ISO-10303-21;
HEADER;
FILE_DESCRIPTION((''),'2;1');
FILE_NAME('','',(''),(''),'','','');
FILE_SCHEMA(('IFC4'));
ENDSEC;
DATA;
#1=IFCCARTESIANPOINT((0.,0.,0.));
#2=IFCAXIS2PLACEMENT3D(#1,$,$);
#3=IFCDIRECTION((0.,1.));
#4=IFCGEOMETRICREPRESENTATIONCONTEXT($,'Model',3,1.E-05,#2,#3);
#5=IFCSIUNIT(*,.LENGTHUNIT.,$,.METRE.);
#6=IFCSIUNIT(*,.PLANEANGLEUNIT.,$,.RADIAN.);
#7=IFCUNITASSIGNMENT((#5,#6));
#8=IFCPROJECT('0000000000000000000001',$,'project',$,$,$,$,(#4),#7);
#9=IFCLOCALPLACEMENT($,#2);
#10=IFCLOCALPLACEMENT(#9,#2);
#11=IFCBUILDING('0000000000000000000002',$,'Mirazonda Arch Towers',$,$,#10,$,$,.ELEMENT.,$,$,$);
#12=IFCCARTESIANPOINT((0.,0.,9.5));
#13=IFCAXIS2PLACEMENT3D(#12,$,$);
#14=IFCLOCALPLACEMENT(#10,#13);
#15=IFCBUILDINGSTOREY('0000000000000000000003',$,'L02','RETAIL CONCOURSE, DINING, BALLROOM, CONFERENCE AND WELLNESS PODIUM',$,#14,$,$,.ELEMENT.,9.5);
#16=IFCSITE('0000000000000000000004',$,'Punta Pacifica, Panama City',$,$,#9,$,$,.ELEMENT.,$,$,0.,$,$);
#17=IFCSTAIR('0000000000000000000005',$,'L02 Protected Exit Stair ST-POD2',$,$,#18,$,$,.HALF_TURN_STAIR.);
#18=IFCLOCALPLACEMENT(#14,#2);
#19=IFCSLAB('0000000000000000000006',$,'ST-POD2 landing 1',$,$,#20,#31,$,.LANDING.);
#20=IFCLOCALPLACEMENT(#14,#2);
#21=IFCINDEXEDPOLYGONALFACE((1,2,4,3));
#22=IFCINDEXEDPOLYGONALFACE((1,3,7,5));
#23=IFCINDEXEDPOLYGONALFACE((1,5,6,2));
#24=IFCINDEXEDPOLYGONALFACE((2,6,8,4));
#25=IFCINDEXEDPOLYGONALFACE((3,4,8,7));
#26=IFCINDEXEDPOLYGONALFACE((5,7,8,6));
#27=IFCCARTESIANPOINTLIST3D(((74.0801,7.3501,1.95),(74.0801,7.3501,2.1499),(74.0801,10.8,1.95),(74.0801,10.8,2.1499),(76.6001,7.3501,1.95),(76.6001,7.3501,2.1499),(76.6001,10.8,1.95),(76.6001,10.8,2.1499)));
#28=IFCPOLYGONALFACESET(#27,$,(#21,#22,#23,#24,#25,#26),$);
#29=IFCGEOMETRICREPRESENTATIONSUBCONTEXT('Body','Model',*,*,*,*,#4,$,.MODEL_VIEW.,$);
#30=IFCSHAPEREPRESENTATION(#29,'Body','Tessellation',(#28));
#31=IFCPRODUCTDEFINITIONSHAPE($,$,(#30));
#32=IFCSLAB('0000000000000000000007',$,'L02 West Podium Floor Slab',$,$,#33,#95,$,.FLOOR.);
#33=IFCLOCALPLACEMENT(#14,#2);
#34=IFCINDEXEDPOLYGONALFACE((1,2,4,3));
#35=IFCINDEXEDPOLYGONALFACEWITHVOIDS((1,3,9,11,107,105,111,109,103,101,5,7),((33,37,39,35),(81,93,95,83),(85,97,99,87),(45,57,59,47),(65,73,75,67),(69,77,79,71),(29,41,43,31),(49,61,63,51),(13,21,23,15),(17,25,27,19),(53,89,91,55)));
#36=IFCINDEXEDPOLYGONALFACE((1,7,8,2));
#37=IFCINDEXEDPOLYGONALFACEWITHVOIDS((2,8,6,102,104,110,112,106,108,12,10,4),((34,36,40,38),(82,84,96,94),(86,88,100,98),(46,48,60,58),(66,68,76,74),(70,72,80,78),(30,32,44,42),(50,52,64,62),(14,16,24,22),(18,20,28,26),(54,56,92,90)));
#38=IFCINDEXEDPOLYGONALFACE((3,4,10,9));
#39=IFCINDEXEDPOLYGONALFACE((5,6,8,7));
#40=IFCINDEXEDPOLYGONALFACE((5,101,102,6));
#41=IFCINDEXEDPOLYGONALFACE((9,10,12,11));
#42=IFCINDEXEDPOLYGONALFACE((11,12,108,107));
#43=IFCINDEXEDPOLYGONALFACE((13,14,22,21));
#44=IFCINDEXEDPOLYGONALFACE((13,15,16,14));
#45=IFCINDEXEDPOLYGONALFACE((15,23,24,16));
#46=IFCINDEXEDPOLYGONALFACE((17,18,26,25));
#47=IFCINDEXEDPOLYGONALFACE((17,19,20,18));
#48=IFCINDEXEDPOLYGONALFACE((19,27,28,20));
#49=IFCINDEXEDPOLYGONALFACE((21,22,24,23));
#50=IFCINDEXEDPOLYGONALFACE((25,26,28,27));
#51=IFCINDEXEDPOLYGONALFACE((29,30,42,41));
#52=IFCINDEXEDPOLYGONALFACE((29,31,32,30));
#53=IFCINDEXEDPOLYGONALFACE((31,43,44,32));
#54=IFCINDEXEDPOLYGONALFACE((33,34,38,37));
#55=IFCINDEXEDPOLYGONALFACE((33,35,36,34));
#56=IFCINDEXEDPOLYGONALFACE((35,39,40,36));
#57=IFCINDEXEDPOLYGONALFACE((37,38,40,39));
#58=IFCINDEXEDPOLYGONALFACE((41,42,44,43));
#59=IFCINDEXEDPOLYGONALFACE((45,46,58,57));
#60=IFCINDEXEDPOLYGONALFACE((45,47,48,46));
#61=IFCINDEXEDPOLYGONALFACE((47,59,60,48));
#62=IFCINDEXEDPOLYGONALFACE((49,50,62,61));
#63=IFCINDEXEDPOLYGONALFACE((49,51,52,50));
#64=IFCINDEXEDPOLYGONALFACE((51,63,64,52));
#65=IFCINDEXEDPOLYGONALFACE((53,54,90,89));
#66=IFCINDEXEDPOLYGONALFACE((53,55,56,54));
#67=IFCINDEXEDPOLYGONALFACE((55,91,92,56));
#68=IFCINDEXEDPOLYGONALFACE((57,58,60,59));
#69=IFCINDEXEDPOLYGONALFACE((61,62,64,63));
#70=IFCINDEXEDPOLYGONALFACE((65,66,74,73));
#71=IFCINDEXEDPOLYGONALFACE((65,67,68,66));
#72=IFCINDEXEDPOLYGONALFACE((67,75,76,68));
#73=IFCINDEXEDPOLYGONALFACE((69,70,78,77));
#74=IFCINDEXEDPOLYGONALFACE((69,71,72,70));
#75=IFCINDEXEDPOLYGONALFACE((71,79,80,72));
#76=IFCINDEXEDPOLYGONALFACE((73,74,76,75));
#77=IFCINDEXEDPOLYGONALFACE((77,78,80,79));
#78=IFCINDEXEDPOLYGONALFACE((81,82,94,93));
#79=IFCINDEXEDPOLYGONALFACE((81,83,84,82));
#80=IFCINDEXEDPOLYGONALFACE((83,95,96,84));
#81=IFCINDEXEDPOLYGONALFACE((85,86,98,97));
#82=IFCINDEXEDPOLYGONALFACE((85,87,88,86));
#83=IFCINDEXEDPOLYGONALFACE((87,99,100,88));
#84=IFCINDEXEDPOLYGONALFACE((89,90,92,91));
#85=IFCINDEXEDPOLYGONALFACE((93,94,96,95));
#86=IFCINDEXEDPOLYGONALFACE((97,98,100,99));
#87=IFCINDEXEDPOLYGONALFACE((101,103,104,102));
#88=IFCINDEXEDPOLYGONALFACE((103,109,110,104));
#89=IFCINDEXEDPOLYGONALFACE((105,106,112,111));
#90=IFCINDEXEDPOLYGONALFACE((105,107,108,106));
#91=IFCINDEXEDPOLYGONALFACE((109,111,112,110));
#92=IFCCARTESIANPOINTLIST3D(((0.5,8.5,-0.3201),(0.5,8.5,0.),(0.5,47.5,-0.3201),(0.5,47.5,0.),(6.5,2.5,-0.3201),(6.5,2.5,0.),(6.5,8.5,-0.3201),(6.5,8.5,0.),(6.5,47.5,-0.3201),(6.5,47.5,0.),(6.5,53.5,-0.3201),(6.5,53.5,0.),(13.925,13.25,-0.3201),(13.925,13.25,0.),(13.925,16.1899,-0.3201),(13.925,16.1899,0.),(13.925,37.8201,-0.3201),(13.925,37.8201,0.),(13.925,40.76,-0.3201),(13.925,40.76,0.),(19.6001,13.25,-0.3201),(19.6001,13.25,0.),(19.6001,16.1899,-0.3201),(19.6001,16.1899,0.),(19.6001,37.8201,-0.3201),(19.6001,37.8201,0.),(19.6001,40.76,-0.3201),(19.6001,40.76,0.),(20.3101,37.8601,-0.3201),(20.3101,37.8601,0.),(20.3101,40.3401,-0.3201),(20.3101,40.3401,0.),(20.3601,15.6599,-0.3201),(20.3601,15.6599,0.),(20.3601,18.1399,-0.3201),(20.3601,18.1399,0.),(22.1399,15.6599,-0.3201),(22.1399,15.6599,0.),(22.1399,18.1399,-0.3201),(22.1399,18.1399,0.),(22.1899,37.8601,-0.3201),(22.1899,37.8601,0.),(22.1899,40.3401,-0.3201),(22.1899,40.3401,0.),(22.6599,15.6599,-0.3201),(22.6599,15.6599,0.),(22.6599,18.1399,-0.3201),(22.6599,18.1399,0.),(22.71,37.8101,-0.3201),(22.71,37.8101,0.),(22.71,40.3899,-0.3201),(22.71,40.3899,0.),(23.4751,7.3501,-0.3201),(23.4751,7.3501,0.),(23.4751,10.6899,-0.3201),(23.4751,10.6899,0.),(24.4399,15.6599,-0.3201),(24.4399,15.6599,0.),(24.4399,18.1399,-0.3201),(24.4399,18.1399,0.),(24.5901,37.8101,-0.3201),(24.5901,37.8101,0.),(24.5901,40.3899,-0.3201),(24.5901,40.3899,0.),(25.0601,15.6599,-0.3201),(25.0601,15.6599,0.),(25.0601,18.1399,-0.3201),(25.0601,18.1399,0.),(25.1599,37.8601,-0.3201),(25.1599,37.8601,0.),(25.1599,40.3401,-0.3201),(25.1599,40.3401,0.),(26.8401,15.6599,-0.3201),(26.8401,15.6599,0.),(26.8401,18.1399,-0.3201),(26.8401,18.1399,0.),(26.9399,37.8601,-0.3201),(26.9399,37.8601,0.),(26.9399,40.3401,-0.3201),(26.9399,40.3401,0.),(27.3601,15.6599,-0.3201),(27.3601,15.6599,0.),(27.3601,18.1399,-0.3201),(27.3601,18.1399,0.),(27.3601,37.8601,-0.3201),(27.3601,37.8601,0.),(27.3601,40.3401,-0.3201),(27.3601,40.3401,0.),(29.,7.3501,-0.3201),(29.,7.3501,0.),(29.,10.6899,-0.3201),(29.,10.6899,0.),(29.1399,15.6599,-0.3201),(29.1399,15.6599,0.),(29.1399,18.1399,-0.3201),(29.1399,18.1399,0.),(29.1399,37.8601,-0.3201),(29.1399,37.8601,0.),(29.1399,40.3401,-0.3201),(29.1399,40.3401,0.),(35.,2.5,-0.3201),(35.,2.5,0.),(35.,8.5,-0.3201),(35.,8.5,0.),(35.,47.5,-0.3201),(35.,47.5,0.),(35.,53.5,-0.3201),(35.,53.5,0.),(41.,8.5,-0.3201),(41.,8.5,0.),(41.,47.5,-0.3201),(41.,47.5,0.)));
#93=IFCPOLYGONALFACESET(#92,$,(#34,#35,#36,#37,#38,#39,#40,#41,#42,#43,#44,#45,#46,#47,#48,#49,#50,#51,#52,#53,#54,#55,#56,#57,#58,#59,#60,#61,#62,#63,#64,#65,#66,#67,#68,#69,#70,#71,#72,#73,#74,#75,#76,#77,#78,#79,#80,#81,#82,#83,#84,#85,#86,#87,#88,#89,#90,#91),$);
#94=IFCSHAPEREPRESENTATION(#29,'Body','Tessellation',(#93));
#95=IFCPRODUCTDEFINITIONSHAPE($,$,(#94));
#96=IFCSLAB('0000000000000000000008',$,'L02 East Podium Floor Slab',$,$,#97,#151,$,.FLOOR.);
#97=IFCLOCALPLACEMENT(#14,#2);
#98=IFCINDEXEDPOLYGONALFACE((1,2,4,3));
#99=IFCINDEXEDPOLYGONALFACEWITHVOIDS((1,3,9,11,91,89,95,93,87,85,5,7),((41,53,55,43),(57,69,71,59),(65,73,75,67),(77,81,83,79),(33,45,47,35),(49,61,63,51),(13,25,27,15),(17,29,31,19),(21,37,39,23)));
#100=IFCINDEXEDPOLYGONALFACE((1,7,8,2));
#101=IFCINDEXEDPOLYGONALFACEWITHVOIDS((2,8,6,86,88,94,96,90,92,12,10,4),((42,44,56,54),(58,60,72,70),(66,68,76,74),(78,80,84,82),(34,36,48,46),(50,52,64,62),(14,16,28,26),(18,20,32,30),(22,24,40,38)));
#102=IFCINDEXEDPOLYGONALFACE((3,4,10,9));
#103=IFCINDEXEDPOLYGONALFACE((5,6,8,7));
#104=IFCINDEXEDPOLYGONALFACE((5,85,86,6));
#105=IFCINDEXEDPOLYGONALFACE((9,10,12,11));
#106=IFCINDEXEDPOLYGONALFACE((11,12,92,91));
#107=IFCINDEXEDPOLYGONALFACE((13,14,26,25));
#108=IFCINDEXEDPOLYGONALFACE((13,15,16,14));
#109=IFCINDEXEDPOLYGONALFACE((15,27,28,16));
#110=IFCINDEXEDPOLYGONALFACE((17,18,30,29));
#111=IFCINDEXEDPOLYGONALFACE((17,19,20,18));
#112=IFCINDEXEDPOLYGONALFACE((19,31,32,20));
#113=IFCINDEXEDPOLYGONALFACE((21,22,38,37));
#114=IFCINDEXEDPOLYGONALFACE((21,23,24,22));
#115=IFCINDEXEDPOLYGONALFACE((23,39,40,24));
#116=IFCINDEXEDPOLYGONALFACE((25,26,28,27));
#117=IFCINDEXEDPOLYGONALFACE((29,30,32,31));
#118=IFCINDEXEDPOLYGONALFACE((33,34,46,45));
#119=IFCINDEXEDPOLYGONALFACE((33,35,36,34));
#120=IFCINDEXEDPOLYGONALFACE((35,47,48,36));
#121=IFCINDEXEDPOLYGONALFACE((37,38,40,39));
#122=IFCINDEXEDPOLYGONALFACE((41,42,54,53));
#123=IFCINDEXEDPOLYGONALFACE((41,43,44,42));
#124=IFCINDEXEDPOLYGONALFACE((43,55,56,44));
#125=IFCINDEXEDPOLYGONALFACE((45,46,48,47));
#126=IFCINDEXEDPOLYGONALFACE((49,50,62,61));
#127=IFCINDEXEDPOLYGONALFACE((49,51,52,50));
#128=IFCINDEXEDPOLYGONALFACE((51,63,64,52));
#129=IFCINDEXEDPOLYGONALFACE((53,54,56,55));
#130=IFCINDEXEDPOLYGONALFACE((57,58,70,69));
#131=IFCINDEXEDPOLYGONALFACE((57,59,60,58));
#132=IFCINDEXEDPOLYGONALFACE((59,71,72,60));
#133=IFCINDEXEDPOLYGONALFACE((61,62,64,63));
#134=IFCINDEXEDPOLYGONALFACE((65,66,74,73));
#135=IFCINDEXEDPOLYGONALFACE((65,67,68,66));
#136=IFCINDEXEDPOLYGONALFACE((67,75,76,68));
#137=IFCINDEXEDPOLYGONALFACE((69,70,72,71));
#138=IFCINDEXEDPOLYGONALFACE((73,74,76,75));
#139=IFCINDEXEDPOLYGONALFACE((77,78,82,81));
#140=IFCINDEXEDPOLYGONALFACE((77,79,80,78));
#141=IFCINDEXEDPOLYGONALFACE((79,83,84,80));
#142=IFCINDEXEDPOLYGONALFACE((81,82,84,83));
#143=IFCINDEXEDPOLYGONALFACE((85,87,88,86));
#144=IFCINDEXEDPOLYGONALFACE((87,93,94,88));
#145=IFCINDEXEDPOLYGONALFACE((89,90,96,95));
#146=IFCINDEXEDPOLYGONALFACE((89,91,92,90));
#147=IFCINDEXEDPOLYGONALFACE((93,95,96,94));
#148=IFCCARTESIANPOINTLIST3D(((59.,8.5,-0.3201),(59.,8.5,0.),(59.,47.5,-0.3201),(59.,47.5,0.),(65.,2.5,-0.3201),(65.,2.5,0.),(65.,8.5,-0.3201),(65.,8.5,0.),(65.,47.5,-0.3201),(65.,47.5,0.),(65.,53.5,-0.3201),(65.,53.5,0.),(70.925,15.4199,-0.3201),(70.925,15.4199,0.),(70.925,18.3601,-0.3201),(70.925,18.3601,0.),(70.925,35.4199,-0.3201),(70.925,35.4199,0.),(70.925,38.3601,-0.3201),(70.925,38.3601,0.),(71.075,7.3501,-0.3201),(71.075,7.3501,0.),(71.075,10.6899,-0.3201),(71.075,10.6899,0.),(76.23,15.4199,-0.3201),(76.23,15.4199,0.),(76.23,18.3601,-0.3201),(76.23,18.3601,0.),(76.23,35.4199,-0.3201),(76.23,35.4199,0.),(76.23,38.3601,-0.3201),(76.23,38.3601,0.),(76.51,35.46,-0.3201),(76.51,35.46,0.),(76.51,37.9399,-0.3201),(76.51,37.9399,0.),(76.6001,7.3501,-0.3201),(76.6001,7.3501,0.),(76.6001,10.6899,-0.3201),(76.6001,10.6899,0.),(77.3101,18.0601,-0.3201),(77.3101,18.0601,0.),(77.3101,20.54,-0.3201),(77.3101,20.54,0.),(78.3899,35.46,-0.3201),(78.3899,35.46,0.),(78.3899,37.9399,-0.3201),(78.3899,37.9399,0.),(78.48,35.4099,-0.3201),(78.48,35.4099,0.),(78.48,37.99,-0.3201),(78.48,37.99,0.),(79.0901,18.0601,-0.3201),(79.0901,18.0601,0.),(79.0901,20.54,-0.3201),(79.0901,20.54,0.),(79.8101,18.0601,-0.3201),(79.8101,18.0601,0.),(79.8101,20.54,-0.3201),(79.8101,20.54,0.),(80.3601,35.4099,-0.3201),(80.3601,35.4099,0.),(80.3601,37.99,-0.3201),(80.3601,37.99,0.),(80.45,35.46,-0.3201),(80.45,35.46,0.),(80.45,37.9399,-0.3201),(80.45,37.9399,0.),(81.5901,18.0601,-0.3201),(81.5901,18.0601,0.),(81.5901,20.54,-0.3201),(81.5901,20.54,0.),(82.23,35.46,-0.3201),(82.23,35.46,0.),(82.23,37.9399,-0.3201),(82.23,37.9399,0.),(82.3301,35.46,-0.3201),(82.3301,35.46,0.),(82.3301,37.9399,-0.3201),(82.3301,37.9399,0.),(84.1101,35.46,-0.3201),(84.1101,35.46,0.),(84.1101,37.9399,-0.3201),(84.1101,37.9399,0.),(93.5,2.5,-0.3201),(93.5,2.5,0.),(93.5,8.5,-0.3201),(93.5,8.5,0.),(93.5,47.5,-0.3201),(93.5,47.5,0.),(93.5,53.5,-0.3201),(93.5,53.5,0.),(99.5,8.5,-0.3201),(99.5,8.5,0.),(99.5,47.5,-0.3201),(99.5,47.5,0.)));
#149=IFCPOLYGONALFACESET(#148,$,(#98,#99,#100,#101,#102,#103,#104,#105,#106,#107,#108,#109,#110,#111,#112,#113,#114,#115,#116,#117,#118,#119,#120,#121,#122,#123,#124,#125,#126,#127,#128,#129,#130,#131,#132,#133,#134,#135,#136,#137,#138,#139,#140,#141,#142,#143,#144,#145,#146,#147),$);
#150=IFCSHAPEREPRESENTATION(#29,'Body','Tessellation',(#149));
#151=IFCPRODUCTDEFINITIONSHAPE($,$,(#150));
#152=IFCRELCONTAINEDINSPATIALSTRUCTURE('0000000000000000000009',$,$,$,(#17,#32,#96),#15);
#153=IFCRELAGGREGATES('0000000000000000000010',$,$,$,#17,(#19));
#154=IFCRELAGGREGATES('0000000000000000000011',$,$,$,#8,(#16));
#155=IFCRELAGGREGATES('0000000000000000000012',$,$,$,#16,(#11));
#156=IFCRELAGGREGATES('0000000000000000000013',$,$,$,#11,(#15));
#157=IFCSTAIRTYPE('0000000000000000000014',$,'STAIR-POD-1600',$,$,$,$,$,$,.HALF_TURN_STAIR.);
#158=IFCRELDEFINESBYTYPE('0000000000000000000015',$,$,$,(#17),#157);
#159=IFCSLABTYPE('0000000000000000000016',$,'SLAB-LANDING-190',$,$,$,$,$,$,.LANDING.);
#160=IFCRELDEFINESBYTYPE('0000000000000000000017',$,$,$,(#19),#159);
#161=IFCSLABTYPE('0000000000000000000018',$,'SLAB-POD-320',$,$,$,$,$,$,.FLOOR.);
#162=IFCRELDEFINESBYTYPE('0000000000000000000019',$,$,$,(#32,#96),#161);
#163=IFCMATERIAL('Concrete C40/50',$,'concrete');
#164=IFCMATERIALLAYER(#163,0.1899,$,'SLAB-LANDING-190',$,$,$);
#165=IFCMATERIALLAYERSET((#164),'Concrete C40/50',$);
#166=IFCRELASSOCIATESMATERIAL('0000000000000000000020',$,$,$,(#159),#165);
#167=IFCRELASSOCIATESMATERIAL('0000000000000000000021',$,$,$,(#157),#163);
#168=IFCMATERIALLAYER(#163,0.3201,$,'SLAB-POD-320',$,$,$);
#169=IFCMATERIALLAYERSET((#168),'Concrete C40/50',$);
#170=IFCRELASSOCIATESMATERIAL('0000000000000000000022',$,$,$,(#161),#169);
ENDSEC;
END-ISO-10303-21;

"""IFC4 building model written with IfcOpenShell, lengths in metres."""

from ifc_helpers import new_model, si_unit, direction, frame, origin, place, context, subcontext, project, spatial, polyline, outline, extrude, material, layer, layer_set, type_object, element, aggregate, save


model = new_model("IFC4")

# Units and contexts
model_context = context("Model", 3, precision=1e-05, world=origin(), true_north=direction((0.0, 1.0)))
body_context = subcontext(model_context, "Body", "Model", "MODEL_VIEW")
ifc_project = project(units=[si_unit("LENGTHUNIT", "METRE"), si_unit("PLANEANGLEUNIT", "RADIAN")], contexts=[model_context])

# Site, building, storey
site_placement = place(None, origin())
site = spatial("IfcSite", under=ifc_project, at=site_placement, Name="Punta Pacifica, Panama City", CompositionType="ELEMENT", RefElevation=0.0)
building_placement = place(site_placement, origin())
building = spatial("IfcBuilding", under=site, at=building_placement, Name="Mirazonda Arch Towers", CompositionType="ELEMENT")
storey_placement = place(building_placement, frame((0.0, 0.0, 9.5)))
storey = spatial("IfcBuildingStorey", under=building, at=storey_placement, Name="L02", Description="RETAIL CONCOURSE, DINING, BALLROOM, CONFERENCE AND WELLNESS PODIUM", CompositionType="ELEMENT", Elevation=9.5)

# Stair, slab
ifc_material_1 = material(Name="Concrete C40/50", Category="concrete")
ifc_layer_1 = layer(ifc_material_1, 0.1899, Name="SLAB-LANDING-190")
ifc_layer_set_1 = layer_set([ifc_layer_1], Name="Concrete C40/50")
slab_type_1 = type_object("IfcSlabType", Name="SLAB-LANDING-190", PredefinedType="LANDING", material=ifc_layer_set_1)
stair_type_1 = type_object("IfcStairType", Name="STAIR-POD-1600", PredefinedType="HALF_TURN_STAIR", material=ifc_material_1)
stair_1_placement = place(storey_placement, origin())
stair_1 = element("IfcStair", 1, at=stair_1_placement, inside=storey, type_object=stair_type_1, Name="L02 Protected Exit Stair ST-POD2", PredefinedType="HALF_TURN_STAIR")
slab_1_placement = place(storey_placement, frame((0.0, 0.0, 1.95)))
slab_1 = element("IfcSlab", 2, at=slab_1_placement, type_object=slab_type_1, Name="ST-POD2 landing 1", PredefinedType="LANDING", context=body_context, shape_type="SweptSolid", body=[
    extrude(outline(polyline([(74.0801, 7.3501), (76.6001, 7.3501), (76.6001, 10.8), (74.0801, 10.8), (74.0801, 7.3501)])), origin(), (0.0, 0.0, 1.0), 0.2),
])
aggregate(stair_1, [slab_1])

# Slabs
ifc_layer_2 = layer(ifc_material_1, 0.3201, Name="SLAB-POD-320")
ifc_layer_set_2 = layer_set([ifc_layer_2], Name="Concrete C40/50")
slab_type_2 = type_object("IfcSlabType", Name="SLAB-POD-320", PredefinedType="FLOOR", material=ifc_layer_set_2)
slab_2_placement = place(storey_placement, frame((0.0, 0.0, -0.3201)))
element("IfcSlab", 3, at=slab_2_placement, inside=storey, type_object=slab_type_2, Name="L02 West Podium Floor Slab", PredefinedType="FLOOR", context=body_context, shape_type="SweptSolid", body=[
    extrude(outline(polyline([(6.5, 2.5), (35.0, 2.5), (35.0, 8.5), (41.0, 8.5), (41.0, 47.5), (35.0, 47.5), (35.0, 53.5), (6.5, 53.5), (6.5, 47.5), (0.5, 47.5), (0.5, 8.5), (6.5, 8.5), (6.5, 2.5)]), holes=[polyline([(27.3601, 18.1399), (29.1399, 18.1399), (29.1399, 15.6599), (27.3601, 15.6599), (27.3601, 18.1399)]), polyline([(29.1399, 40.3401), (29.1399, 37.8601), (27.3601, 37.8601), (27.3601, 40.3401), (29.1399, 40.3401)]), polyline([(23.4751, 10.6899), (29.0, 10.6899), (29.0, 7.3501), (23.4751, 7.3501), (23.4751, 10.6899)]), polyline([(26.9399, 40.3401), (26.9399, 37.8601), (25.1599, 37.8601), (25.1599, 40.3401), (26.9399, 40.3401)]), polyline([(26.8401, 18.1399), (26.8401, 15.6599), (25.0601, 15.6599), (25.0601, 18.1399), (26.8401, 18.1399)]), polyline([(24.5901, 40.3899), (24.5901, 37.8101), (22.71, 37.8101), (22.71, 40.3899), (24.5901, 40.3899)]), polyline([(22.6599, 18.1399), (24.4399, 18.1399), (24.4399, 15.6599), (22.6599, 15.6599), (22.6599, 18.1399)]), polyline([(22.1899, 40.3401), (22.1899, 37.8601), (20.3101, 37.8601), (20.3101, 40.3401), (22.1899, 40.3401)]), polyline([(20.3601, 18.1399), (22.1399, 18.1399), (22.1399, 15.6599), (20.3601, 15.6599), (20.3601, 18.1399)]), polyline([(13.925, 13.25), (13.925, 16.1899), (19.6001, 16.1899), (19.6001, 13.25), (13.925, 13.25)]), polyline([(13.925, 37.8201), (13.925, 40.76), (19.6001, 40.76), (19.6001, 37.8201), (13.925, 37.8201)])]), origin(), (0.0, 0.0, 1.0), 0.3201),
])
slab_3_placement = place(storey_placement, frame((0.0, 0.0, -0.3201)))
element("IfcSlab", 4, at=slab_3_placement, inside=storey, type_object=slab_type_2, Name="L02 East Podium Floor Slab", PredefinedType="FLOOR", context=body_context, shape_type="SweptSolid", body=[
    extrude(outline(polyline([(65.0, 2.5), (93.5, 2.5), (93.5, 8.5), (99.5, 8.5), (99.5, 47.5), (93.5, 47.5), (93.5, 53.5), (65.0, 53.5), (65.0, 47.5), (59.0, 47.5), (59.0, 8.5), (65.0, 8.5), (65.0, 2.5)]), holes=[polyline([(84.1101, 37.9399), (84.1101, 35.46), (82.3301, 35.46), (82.3301, 37.9399), (84.1101, 37.9399)]), polyline([(80.45, 37.9399), (82.23, 37.9399), (82.23, 35.46), (80.45, 35.46), (80.45, 37.9399)]), polyline([(79.8101, 20.54), (81.5901, 20.54), (81.5901, 18.0601), (79.8101, 18.0601), (79.8101, 20.54)]), polyline([(78.48, 37.99), (80.3601, 37.99), (80.3601, 35.4099), (78.48, 35.4099), (78.48, 37.99)]), polyline([(77.3101, 20.54), (79.0901, 20.54), (79.0901, 18.0601), (77.3101, 18.0601), (77.3101, 20.54)]), polyline([(76.51, 37.9399), (78.3899, 37.9399), (78.3899, 35.46), (76.51, 35.46), (76.51, 37.9399)]), polyline([(71.075, 7.3501), (71.075, 10.6899), (76.6001, 10.6899), (76.6001, 7.3501), (71.075, 7.3501)]), polyline([(70.925, 38.3601), (76.23, 38.3601), (76.23, 35.4199), (70.925, 35.4199), (70.925, 38.3601)]), polyline([(70.925, 15.4199), (70.925, 18.3601), (76.23, 18.3601), (76.23, 15.4199), (70.925, 15.4199)])]), origin(), (0.0, 0.0, 1.0), 0.3201),
])

save(model, "model.ifc")
